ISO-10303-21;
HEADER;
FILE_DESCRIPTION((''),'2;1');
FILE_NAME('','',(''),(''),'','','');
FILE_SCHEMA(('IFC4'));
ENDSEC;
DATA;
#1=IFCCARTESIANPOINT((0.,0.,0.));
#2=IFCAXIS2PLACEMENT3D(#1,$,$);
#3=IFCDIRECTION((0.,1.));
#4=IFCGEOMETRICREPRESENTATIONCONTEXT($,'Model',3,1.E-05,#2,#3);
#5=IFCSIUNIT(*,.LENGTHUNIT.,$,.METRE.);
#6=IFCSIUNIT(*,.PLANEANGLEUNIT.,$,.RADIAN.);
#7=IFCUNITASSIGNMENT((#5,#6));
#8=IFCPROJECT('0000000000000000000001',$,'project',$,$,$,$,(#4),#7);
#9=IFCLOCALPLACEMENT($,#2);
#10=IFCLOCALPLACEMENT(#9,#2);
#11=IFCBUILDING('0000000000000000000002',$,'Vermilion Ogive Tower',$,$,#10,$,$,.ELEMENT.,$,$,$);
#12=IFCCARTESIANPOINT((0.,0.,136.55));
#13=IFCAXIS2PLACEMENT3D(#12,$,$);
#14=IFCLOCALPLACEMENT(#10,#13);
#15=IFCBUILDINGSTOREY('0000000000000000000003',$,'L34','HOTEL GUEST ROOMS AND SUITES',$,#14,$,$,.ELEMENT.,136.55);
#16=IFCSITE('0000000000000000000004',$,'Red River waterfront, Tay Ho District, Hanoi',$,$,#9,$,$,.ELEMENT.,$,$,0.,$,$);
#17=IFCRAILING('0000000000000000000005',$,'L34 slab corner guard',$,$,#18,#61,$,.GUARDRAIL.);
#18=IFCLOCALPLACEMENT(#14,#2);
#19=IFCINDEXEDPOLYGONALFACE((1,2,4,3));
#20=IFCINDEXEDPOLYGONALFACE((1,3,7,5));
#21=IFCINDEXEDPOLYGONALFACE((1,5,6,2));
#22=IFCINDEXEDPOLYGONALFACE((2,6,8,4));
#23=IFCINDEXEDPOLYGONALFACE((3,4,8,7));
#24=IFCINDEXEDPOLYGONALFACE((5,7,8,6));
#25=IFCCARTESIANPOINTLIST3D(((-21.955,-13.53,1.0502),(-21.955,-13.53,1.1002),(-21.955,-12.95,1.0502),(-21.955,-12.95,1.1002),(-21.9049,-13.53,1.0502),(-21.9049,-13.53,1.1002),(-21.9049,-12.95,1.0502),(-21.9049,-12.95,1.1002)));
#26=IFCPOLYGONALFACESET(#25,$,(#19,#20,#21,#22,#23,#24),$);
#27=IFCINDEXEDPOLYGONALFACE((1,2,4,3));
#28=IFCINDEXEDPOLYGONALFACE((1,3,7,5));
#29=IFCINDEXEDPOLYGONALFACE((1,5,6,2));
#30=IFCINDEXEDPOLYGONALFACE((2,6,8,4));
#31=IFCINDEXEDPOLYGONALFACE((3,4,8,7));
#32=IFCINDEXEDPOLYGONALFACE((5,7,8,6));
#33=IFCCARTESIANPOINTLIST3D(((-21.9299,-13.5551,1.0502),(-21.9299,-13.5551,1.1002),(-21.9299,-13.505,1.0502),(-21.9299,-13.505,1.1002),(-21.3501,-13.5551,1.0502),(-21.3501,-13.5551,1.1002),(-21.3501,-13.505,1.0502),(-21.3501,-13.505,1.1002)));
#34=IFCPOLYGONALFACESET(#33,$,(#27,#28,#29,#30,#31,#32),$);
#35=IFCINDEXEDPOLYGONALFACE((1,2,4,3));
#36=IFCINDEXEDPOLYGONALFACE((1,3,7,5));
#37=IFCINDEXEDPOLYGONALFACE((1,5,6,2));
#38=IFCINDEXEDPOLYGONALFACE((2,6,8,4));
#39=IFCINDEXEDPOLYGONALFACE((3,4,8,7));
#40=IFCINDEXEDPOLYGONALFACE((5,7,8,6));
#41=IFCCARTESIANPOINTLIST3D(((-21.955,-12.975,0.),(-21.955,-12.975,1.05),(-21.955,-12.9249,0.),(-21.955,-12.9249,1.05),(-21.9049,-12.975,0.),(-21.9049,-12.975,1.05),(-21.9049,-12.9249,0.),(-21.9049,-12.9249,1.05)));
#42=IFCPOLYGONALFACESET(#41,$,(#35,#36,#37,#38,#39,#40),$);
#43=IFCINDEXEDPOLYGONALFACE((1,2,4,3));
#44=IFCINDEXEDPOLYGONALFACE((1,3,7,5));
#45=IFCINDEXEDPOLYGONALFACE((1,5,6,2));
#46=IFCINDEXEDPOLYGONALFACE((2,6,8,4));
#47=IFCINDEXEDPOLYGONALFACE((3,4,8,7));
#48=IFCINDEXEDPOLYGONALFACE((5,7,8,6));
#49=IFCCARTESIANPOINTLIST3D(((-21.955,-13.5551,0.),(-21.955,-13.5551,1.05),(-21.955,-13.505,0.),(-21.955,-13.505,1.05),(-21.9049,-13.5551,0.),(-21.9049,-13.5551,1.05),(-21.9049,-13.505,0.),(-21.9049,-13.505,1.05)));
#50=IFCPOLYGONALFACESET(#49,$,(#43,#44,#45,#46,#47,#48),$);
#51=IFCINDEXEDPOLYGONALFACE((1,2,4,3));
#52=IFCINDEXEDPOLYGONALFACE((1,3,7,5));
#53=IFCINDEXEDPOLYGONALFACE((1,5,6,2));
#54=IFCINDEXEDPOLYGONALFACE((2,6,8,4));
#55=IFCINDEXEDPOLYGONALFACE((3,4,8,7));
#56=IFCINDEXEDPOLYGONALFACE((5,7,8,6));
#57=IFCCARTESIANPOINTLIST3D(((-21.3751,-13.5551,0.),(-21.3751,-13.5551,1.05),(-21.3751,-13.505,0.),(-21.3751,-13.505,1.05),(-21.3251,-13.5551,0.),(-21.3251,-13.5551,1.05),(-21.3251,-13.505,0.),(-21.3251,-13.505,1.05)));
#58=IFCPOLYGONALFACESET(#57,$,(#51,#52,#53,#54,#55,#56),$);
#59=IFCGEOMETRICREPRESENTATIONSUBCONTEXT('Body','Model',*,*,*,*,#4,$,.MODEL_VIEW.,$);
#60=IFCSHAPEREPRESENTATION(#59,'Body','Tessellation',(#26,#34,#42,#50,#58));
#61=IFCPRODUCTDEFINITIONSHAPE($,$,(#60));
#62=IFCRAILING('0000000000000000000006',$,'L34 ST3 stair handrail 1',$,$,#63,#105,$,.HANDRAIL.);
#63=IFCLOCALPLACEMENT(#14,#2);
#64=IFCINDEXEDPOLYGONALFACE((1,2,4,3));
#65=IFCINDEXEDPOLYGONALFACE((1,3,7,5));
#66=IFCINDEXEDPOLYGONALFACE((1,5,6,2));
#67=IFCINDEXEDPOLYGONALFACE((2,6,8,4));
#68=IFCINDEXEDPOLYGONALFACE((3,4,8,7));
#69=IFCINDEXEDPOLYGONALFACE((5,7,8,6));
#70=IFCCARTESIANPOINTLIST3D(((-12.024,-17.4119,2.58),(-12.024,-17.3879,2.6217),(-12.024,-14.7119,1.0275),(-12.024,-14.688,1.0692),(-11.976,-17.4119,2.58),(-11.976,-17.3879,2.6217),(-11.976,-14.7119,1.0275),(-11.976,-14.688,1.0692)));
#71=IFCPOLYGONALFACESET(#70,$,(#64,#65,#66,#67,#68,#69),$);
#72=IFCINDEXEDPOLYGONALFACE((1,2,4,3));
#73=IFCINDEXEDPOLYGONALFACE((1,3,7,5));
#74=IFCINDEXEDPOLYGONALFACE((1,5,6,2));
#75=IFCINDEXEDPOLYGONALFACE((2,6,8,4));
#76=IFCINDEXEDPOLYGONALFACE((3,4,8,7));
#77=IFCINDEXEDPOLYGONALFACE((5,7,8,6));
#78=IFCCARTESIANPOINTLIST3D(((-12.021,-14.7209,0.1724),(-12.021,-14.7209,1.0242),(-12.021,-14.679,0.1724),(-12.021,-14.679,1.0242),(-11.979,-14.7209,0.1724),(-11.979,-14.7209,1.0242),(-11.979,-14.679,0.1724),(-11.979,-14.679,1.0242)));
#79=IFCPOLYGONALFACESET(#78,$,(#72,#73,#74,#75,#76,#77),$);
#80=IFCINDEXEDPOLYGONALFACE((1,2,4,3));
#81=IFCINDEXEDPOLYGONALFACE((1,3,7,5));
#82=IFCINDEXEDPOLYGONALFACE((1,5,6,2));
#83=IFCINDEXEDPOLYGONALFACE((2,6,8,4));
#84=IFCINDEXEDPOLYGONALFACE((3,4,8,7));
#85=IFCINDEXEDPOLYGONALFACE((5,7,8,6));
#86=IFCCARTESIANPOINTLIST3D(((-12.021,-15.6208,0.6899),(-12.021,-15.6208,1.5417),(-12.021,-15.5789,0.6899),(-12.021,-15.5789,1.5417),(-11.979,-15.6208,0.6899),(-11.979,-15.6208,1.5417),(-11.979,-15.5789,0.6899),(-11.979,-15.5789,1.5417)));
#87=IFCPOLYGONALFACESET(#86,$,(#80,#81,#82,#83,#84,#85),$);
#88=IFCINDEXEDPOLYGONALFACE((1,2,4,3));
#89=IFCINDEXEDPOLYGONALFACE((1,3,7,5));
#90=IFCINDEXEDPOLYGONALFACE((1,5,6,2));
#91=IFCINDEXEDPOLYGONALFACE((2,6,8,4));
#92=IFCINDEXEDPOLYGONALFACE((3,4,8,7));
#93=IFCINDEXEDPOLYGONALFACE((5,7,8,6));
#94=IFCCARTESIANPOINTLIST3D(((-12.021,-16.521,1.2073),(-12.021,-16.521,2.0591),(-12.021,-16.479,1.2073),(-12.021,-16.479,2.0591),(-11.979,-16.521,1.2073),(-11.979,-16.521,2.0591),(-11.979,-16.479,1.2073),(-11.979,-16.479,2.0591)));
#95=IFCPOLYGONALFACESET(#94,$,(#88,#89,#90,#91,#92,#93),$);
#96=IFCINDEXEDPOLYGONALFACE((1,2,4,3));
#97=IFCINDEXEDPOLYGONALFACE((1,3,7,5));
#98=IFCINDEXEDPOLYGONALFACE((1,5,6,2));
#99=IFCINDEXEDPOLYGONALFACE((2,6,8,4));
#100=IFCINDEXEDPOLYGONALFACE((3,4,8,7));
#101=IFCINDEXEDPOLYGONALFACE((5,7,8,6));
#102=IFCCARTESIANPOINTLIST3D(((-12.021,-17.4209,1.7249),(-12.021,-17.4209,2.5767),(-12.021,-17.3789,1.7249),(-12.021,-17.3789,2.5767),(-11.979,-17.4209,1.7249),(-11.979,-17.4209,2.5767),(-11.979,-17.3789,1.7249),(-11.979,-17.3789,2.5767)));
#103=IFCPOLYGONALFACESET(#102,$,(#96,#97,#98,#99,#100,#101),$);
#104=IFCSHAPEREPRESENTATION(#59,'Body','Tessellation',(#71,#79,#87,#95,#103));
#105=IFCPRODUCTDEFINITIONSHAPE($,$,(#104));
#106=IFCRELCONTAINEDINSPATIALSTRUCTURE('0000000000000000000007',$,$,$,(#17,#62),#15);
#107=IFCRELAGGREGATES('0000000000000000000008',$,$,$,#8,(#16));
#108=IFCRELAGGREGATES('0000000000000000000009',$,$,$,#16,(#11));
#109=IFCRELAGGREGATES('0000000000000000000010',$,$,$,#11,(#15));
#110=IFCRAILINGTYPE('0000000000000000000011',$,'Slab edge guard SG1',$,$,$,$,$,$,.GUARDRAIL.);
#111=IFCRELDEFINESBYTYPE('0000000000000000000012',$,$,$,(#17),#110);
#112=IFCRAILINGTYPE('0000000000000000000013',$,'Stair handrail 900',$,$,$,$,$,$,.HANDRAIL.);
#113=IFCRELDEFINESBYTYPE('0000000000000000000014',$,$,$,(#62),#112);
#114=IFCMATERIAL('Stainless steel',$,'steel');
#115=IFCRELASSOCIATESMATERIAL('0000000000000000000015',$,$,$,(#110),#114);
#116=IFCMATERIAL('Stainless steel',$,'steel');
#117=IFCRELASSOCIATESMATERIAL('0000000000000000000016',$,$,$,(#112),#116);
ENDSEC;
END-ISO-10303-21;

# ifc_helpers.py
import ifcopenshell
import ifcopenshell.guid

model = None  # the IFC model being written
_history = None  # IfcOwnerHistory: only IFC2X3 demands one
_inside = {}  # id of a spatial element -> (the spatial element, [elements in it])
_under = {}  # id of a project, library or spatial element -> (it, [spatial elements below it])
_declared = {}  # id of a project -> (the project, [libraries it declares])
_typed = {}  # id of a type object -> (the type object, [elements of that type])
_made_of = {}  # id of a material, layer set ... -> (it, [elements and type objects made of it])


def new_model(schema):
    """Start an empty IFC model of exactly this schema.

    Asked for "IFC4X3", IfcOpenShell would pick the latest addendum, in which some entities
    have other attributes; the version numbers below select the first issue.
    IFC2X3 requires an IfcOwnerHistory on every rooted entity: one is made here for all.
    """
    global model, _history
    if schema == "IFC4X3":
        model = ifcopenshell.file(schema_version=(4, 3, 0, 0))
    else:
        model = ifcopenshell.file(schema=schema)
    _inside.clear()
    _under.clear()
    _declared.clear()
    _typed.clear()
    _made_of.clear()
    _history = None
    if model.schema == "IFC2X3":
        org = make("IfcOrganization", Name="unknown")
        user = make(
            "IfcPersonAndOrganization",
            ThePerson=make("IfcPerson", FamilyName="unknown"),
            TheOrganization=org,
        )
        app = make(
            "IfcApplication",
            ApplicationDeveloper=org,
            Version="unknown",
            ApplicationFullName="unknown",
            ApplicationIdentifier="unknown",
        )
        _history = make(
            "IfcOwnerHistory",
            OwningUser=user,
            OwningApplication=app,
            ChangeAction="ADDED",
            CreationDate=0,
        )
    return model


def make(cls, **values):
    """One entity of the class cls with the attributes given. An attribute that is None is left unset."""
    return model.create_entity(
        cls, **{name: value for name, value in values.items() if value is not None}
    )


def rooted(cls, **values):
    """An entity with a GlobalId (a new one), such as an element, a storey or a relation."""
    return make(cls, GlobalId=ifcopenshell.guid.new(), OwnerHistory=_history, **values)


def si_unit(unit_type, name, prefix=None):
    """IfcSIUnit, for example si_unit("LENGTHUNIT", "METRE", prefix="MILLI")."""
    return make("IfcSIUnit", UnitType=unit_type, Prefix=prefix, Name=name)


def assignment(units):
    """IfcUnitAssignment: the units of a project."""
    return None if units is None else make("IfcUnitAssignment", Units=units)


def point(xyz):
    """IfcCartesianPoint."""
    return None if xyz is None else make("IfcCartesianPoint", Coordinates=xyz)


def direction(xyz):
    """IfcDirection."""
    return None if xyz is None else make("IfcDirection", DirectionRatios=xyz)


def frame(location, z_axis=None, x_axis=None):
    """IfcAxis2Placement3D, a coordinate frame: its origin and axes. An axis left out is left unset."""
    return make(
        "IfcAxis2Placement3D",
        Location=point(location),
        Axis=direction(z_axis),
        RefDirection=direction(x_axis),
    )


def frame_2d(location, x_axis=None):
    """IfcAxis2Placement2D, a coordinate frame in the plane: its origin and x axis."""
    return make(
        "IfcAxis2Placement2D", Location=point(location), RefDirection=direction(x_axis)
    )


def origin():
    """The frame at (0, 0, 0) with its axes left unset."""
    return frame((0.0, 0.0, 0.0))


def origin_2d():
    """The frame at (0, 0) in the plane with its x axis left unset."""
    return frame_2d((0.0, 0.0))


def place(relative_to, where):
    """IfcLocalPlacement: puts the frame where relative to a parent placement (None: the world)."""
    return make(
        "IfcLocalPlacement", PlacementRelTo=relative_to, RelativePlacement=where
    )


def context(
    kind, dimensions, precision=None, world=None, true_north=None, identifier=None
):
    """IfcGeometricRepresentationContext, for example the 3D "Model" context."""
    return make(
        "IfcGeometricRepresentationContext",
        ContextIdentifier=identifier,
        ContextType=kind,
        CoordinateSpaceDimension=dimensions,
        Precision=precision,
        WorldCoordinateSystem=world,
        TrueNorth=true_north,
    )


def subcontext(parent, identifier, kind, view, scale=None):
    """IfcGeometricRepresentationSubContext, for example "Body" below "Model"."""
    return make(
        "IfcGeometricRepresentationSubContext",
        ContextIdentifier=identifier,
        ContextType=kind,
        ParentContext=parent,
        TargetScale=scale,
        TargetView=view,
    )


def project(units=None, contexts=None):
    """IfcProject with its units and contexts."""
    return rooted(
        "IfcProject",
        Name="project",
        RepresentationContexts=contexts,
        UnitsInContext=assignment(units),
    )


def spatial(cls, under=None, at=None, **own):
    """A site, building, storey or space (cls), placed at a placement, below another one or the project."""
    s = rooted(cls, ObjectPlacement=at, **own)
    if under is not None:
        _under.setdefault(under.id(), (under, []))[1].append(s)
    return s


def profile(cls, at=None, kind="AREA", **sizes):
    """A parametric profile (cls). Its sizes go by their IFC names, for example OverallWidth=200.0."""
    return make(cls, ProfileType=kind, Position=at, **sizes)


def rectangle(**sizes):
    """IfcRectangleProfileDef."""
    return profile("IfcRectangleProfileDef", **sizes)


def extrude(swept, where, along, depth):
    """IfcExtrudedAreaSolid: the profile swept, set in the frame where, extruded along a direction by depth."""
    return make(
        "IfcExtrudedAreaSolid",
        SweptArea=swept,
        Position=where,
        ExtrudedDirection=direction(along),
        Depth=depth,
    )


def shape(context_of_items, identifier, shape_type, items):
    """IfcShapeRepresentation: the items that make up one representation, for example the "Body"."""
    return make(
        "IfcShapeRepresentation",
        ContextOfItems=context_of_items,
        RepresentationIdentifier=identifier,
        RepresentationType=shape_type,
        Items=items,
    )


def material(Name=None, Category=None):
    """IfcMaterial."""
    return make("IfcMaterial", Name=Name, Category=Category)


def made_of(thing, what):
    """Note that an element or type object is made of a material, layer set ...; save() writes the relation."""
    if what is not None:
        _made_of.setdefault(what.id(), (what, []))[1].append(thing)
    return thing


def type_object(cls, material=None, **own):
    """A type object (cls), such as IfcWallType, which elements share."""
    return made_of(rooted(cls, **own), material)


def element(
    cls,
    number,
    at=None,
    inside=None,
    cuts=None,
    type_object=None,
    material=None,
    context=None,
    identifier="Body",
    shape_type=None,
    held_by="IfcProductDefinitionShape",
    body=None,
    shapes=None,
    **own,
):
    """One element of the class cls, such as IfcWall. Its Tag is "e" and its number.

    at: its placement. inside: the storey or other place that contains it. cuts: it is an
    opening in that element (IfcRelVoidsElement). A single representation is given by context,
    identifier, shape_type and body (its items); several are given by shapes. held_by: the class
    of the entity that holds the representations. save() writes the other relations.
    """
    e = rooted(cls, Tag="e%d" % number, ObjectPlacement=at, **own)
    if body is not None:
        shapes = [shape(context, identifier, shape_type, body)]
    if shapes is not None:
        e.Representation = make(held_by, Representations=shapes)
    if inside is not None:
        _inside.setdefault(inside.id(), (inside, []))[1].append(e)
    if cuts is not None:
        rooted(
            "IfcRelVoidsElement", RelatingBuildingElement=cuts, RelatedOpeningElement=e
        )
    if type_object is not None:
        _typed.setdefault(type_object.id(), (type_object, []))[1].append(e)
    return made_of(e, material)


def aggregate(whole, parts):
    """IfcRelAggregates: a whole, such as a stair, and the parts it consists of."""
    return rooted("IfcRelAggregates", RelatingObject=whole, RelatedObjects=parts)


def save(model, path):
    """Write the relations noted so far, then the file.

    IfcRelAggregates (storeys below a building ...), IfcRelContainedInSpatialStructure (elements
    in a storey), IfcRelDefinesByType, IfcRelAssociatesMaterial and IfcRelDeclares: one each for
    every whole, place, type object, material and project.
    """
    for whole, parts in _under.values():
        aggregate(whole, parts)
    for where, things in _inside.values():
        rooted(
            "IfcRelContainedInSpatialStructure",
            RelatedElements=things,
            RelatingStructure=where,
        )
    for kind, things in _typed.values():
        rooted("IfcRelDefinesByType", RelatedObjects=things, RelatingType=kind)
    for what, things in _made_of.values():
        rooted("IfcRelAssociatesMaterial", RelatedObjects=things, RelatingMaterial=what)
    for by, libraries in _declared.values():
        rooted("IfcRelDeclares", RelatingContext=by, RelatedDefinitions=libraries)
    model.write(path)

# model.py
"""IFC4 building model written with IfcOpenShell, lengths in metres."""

from ifc_helpers import new_model, si_unit, direction, frame, origin, origin_2d, place, context, subcontext, project, spatial, rectangle, extrude, material, type_object, element, save


model = new_model("IFC4")

# Units and contexts
model_context = context("Model", 3, precision=1e-05, world=origin(), true_north=direction((0.0, 1.0)))
body_context = subcontext(model_context, "Body", "Model", "MODEL_VIEW")
ifc_project = project(units=[si_unit("LENGTHUNIT", "METRE"), si_unit("PLANEANGLEUNIT", "RADIAN")], contexts=[model_context])

# Site, building, storey
site_placement = place(None, origin())
site = spatial("IfcSite", under=ifc_project, at=site_placement, Name="Red River waterfront, Tay Ho District, Hanoi", CompositionType="ELEMENT", RefElevation=0.0)
building_placement = place(site_placement, origin())
building = spatial("IfcBuilding", under=site, at=building_placement, Name="Vermilion Ogive Tower", CompositionType="ELEMENT")
storey_placement = place(building_placement, frame((0.0, 0.0, 136.55)))
storey = spatial("IfcBuildingStorey", under=building, at=storey_placement, Name="L34", Description="HOTEL GUEST ROOMS AND SUITES", CompositionType="ELEMENT", Elevation=136.55)

# Railings
ifc_material_1 = material(Name="Stainless steel", Category="steel")
railing_type_1 = type_object("IfcRailingType", Name="Slab edge guard SG1", PredefinedType="GUARDRAIL", material=ifc_material_1)
railing_1_placement = place(storey_placement, frame((-21.9299, -12.95, 0.0)))
element("IfcRailing", 1, at=railing_1_placement, inside=storey, type_object=railing_type_1, Name="L34 slab corner guard", PredefinedType="GUARDRAIL", context=body_context, shape_type="SweptSolid", body=[
    extrude(rectangle(XDim=0.05, YDim=0.05, at=origin_2d()), frame((0.0, 0.0, 1.0752), z_axis=(0.0, -1.0, 0.0), x_axis=(1.0, 0.0, 0.0)), (0.0, 0.0, 1.0), 0.5801),
    extrude(rectangle(XDim=0.05, YDim=0.05, at=origin_2d()), frame((0.0, -0.5801, 1.0752), z_axis=(1.0, 0.0, 0.0), x_axis=(0.0, 1.0, 0.0)), (0.0, 0.0, 1.0), 0.5798),
    extrude(rectangle(XDim=0.05, YDim=0.05, at=origin_2d()), origin(), (0.0, 0.0, 1.0), 1.05),
    extrude(rectangle(XDim=0.05, YDim=0.05, at=origin_2d()), frame((0.0, -0.5801, 0.0)), (0.0, 0.0, 1.0), 1.05),
    extrude(rectangle(XDim=0.05, YDim=0.05, at=origin_2d()), frame((0.5798, -0.5801, 0.0)), (0.0, 0.0, 1.0), 1.05),
])
ifc_material_2 = material(Name="Stainless steel", Category="steel")
railing_type_2 = type_object("IfcRailingType", Name="Stair handrail 900", PredefinedType="HANDRAIL", material=ifc_material_2)
railing_2_placement = place(storey_placement, frame((-12.0, -14.7, 0.1724)))
element("IfcRailing", 2, at=railing_2_placement, inside=storey, type_object=railing_type_2, Name="L34 ST3 stair handrail 1", PredefinedType="HANDRAIL", context=body_context, shape_type="SweptSolid", body=[
    extrude(rectangle(XDim=0.0481, YDim=0.0481, at=origin_2d()), frame((0.0, 0.0, 0.876), z_axis=(0.0, -0.866904, 0.498476), x_axis=(1.0, 0.0, 0.0)), (0.0, 0.0, 1.0), 3.1145),
    extrude(rectangle(XDim=0.042, YDim=0.042, at=origin_2d()), origin(), (0.0, 0.0, 1.0), 0.8518),
    extrude(rectangle(XDim=0.042, YDim=0.042, at=origin_2d()), frame((0.0, -0.8999, 0.5176)), (0.0, 0.0, 1.0), 0.8518),
    extrude(rectangle(XDim=0.042, YDim=0.042, at=origin_2d()), frame((0.0, -1.8, 1.0349)), (0.0, 0.0, 1.0), 0.8518),
    extrude(rectangle(XDim=0.042, YDim=0.042, at=origin_2d()), frame((0.0, -2.7, 1.5525)), (0.0, 0.0, 1.0), 0.8518),
])

save(model, "model.ifc")
